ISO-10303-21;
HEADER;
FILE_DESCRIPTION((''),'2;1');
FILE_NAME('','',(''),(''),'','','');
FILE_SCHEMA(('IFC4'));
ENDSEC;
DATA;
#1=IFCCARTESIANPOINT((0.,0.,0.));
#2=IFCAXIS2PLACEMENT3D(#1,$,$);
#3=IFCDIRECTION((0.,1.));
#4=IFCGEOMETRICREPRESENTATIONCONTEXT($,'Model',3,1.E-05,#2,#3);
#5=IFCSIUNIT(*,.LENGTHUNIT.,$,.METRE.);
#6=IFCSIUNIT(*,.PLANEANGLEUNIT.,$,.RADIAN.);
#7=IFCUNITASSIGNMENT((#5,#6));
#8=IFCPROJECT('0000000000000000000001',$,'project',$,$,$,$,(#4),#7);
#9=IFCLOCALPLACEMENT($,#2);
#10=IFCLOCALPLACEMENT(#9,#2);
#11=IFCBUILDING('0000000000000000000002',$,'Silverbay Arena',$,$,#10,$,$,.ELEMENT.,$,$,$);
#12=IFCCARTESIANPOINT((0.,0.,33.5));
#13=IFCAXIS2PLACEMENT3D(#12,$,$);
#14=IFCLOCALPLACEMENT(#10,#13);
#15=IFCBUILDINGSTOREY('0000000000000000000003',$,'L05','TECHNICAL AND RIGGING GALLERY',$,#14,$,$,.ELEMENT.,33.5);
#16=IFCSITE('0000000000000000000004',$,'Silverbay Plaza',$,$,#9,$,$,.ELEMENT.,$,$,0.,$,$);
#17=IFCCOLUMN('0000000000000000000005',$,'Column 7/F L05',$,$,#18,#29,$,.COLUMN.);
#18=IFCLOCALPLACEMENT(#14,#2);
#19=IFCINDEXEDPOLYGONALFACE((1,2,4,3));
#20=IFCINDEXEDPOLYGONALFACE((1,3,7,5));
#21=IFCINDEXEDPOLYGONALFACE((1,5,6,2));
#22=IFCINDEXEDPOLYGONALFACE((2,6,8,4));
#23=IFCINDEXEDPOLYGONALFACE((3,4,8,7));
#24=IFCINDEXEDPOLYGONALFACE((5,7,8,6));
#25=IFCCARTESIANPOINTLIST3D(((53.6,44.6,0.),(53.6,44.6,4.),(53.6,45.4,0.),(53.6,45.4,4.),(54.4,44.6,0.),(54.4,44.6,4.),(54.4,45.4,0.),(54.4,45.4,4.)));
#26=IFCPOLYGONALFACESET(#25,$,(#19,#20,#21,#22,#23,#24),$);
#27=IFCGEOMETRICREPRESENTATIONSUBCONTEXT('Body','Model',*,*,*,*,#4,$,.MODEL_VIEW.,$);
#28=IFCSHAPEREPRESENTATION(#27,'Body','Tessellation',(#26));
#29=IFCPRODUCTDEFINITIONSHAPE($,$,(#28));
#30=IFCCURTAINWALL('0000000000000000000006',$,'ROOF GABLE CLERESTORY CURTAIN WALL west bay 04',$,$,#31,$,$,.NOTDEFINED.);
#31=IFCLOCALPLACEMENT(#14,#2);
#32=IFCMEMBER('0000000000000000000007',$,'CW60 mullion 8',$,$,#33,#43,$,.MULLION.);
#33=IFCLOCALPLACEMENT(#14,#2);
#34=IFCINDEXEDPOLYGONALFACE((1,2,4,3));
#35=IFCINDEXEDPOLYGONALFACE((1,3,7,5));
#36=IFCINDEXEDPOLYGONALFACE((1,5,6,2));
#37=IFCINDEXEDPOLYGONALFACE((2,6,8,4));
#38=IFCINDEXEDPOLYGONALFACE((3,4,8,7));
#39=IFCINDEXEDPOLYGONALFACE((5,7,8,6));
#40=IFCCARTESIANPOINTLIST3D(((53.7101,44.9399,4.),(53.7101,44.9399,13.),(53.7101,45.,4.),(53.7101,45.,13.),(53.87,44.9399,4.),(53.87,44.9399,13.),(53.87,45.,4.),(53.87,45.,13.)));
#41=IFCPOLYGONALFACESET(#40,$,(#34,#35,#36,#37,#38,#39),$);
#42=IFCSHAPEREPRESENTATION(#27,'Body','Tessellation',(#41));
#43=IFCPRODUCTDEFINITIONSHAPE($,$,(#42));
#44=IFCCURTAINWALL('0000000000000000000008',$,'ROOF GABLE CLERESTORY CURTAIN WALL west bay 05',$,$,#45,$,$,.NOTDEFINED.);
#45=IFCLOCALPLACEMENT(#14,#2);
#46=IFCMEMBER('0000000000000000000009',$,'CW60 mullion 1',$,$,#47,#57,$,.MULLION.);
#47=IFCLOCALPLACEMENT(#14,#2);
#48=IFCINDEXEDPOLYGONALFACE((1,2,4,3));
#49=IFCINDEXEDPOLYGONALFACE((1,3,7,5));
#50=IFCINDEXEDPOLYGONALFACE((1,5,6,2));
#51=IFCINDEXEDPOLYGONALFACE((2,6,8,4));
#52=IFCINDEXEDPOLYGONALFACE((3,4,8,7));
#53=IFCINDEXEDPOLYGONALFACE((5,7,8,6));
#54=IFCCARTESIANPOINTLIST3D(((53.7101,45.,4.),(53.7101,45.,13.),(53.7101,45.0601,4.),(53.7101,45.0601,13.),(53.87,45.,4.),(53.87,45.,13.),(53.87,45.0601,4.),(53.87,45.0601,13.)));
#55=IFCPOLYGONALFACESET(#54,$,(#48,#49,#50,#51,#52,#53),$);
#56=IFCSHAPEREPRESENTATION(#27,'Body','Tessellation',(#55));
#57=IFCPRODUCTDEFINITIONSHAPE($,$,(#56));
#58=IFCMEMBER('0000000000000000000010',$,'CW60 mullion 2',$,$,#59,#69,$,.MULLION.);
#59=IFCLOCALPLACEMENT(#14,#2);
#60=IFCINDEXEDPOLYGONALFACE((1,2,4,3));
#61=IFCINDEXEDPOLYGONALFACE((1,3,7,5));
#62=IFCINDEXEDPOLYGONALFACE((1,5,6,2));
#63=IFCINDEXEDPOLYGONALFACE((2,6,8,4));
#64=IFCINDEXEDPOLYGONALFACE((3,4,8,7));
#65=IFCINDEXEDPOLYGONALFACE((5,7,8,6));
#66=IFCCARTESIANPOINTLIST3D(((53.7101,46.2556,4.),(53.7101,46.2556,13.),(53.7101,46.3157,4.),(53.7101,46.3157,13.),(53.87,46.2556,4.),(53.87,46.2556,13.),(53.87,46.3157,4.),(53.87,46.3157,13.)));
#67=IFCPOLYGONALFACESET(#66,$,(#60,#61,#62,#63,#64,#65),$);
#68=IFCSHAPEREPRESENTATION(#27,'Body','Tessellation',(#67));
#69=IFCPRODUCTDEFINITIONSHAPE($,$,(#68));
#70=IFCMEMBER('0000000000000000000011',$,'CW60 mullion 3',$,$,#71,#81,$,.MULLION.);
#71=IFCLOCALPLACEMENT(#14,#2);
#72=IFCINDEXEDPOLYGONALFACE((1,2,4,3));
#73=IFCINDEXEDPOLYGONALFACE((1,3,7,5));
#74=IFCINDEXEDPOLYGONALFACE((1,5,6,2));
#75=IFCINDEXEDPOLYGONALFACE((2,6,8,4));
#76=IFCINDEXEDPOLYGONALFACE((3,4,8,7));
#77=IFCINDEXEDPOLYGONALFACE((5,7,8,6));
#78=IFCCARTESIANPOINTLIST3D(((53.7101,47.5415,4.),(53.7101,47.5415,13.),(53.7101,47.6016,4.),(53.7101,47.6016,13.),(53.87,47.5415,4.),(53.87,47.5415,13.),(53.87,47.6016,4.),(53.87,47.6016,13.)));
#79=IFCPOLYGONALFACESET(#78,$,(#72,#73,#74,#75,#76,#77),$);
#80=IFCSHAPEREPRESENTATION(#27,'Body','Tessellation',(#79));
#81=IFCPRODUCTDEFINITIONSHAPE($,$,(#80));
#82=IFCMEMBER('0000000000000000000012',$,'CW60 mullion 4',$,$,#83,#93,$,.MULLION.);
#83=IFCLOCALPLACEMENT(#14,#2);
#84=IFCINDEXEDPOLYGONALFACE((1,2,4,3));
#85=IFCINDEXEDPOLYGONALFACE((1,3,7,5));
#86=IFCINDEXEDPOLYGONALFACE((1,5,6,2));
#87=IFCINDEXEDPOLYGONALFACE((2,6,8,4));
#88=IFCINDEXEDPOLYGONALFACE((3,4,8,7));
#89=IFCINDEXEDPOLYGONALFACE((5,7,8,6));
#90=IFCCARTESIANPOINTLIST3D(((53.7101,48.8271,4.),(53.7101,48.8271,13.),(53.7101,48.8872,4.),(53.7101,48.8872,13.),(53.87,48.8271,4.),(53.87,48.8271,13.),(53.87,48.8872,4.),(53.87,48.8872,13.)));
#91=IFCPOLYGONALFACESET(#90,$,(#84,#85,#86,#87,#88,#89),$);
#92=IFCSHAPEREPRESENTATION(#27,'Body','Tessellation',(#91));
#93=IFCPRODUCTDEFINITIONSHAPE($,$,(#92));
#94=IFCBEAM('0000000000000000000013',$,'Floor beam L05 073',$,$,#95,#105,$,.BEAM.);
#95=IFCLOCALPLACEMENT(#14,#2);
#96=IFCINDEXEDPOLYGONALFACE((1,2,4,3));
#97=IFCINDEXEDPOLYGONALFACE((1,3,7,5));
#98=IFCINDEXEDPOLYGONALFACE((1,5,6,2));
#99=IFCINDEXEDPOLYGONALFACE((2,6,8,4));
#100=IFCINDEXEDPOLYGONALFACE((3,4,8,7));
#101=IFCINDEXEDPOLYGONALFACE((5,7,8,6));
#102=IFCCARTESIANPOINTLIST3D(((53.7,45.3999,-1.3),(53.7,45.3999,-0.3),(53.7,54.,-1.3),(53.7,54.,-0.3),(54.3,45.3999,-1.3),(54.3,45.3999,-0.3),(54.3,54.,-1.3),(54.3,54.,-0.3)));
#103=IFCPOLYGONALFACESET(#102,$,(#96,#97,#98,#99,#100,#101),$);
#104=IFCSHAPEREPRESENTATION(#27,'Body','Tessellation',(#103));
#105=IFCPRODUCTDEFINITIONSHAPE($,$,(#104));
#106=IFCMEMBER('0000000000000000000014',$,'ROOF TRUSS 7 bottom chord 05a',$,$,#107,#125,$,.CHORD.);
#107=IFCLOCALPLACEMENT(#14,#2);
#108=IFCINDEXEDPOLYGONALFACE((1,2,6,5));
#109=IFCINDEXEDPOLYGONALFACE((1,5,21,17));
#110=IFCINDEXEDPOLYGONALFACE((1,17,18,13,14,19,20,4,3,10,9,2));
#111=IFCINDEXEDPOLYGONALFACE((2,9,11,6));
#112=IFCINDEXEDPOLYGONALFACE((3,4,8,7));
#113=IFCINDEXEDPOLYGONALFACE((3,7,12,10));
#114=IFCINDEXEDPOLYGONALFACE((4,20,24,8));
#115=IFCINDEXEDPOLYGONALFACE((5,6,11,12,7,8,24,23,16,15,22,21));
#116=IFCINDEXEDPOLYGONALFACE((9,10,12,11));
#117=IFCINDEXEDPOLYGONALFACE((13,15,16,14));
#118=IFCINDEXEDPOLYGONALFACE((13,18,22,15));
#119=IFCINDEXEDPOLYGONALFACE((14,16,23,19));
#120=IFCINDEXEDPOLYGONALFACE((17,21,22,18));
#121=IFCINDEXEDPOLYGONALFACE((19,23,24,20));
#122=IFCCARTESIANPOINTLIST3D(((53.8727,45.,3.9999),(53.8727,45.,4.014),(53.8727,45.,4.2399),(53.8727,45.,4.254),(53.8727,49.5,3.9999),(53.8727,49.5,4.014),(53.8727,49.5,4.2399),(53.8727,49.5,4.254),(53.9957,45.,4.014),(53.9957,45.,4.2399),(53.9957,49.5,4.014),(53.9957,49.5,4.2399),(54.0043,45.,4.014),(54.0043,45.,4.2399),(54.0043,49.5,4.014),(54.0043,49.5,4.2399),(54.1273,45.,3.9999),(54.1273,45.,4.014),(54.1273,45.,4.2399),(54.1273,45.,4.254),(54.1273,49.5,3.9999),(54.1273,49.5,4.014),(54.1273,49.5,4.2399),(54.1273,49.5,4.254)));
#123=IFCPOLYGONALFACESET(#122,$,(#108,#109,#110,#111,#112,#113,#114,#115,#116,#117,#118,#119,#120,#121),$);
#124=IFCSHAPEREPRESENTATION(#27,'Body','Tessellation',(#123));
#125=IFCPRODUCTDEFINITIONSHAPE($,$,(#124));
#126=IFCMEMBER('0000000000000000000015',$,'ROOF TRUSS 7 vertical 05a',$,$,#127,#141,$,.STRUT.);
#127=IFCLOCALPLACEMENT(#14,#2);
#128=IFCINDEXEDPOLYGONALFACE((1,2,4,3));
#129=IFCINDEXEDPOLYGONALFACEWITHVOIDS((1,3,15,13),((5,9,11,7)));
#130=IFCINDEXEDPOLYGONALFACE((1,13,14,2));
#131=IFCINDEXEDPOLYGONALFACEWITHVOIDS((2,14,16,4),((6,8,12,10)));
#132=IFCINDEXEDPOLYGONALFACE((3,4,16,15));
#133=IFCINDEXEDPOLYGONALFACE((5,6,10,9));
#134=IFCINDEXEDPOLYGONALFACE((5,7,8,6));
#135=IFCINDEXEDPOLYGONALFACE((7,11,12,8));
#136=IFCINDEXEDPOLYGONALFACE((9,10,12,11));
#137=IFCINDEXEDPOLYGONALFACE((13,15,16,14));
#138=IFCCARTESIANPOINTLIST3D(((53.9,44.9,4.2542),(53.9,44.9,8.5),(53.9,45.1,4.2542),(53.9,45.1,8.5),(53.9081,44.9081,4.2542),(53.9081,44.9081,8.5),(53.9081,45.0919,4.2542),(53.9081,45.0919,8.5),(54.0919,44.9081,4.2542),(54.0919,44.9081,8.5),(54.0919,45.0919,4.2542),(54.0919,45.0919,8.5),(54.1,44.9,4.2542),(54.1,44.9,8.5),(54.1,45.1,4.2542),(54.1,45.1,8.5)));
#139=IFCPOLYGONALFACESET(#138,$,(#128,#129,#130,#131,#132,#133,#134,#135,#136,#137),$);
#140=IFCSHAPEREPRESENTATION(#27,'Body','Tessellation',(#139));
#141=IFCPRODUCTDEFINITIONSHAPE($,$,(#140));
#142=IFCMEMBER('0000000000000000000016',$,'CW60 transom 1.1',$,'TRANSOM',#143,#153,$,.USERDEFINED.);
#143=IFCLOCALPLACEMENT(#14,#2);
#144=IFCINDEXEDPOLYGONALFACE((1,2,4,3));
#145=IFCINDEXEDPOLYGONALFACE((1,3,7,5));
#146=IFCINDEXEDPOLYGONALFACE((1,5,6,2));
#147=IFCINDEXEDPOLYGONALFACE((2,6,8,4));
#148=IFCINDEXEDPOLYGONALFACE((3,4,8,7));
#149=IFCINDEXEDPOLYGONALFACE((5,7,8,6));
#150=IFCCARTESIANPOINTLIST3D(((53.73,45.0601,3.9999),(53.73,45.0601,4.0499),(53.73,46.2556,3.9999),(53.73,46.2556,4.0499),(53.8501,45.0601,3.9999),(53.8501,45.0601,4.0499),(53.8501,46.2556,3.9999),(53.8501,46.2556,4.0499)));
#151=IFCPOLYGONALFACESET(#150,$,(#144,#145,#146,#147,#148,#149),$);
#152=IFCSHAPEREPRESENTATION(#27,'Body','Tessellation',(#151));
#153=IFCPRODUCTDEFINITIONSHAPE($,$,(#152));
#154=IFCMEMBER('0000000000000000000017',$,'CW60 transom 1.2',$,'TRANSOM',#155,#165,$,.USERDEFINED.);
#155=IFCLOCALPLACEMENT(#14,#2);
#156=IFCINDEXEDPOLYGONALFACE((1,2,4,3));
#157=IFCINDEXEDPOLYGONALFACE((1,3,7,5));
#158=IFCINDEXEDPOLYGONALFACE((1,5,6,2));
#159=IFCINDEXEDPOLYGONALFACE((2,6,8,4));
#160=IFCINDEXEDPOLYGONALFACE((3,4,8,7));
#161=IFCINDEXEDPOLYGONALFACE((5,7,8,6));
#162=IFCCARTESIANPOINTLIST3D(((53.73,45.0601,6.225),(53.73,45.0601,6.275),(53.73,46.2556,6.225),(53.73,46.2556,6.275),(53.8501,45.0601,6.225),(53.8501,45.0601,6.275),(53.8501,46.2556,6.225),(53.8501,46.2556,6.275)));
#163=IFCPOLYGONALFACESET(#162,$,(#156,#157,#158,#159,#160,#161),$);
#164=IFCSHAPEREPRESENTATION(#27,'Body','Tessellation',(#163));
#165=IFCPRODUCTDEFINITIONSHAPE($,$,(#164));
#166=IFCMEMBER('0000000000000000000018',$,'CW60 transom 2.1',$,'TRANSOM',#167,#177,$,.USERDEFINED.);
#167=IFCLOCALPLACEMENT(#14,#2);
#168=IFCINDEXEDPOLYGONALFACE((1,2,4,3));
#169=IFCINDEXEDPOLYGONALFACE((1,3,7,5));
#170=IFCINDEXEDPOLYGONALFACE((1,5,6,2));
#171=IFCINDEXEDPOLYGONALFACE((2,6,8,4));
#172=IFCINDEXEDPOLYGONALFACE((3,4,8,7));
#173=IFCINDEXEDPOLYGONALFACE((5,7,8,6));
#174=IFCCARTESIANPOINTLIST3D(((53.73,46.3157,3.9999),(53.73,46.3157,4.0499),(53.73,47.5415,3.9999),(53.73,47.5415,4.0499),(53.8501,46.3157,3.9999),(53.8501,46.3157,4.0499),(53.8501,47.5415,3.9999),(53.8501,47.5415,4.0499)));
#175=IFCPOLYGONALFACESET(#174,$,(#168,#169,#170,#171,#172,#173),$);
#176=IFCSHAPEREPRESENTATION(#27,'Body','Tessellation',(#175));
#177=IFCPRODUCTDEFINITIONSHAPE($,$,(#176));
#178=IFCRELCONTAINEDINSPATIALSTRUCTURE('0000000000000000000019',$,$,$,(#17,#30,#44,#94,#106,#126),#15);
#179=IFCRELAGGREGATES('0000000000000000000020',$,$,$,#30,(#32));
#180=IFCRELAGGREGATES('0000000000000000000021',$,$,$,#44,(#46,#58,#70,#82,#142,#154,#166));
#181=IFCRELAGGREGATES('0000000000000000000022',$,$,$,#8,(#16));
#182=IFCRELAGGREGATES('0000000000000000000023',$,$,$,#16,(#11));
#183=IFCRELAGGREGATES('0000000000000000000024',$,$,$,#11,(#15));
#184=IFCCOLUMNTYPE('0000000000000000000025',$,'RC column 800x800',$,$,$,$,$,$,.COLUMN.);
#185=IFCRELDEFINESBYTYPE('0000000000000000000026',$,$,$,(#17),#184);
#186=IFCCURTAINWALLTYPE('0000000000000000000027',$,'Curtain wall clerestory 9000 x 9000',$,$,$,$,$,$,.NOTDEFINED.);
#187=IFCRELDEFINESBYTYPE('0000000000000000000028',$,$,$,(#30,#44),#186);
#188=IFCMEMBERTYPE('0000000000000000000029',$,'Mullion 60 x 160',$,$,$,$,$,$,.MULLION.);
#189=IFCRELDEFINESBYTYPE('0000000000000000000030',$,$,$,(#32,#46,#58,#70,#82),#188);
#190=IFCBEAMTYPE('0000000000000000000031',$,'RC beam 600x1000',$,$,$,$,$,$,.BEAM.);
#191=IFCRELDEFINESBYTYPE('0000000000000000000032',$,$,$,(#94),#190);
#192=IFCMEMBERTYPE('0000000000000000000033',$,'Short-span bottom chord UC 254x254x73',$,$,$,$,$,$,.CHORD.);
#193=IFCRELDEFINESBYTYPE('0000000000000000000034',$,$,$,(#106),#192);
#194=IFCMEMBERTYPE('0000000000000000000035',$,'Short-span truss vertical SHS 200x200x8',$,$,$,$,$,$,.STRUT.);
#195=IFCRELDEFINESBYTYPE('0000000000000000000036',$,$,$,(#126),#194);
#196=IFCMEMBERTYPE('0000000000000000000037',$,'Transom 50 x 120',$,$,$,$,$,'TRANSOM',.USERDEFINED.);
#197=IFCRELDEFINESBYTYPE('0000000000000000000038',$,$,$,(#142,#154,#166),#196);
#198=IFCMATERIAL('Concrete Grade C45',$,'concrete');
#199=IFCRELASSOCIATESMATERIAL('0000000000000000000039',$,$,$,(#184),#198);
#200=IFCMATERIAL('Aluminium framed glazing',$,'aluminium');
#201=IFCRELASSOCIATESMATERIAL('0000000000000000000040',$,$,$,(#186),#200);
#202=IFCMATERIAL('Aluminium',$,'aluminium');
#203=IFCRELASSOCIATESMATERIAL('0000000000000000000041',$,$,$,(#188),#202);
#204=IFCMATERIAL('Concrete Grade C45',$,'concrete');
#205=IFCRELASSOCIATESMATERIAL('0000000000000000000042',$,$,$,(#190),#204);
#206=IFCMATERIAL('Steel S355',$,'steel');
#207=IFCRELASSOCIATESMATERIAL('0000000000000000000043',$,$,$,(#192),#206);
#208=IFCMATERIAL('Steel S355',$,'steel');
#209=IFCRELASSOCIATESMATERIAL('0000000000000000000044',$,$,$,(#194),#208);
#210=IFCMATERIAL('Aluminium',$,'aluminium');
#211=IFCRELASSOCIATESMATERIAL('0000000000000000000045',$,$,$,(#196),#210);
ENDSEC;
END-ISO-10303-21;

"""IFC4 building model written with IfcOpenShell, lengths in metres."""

from ifc_helpers import new_model, si_unit, direction, frame, origin, origin_2d, place, context, subcontext, project, spatial, rectangle, hollow_rectangle, i_section, extrude, material, material_profile, profile_set, type_object, element, aggregate, save


model = new_model("IFC4")

# Units and contexts
model_context = context("Model", 3, precision=1e-05, world=origin(), true_north=direction((0.0, 1.0)))
body_context = subcontext(model_context, "Body", "Model", "MODEL_VIEW")
ifc_project = project(units=[si_unit("LENGTHUNIT", "METRE"), si_unit("PLANEANGLEUNIT", "RADIAN")], contexts=[model_context])

# Site, building, storey
site_placement = place(None, origin())
site = spatial("IfcSite", under=ifc_project, at=site_placement, Name="Silverbay Plaza", CompositionType="ELEMENT", RefElevation=0.0)
building_placement = place(site_placement, origin())
building = spatial("IfcBuilding", under=site, at=building_placement, Name="Silverbay Arena", CompositionType="ELEMENT")
storey_placement = place(building_placement, frame((0.0, 0.0, 33.5)))
storey = spatial("IfcBuildingStorey", under=building, at=storey_placement, Name="L05", Description="TECHNICAL AND RIGGING GALLERY", CompositionType="ELEMENT", Elevation=33.5)

# Column
ifc_material_1 = material(Name="Concrete Grade C45", Category="concrete")
ifc_material_profile_1 = material_profile(ifc_material_1, rectangle(XDim=0.8, YDim=0.8, at=origin_2d()), Name="RC 800x800")
ifc_profile_set_1 = profile_set([ifc_material_profile_1], Name="Concrete Grade C45")
column_type = type_object("IfcColumnType", Name="RC column 800x800", PredefinedType="COLUMN", material=ifc_profile_set_1)
column_placement = place(storey_placement, frame((54.0, 45.0, 0.0), z_axis=(0.0, 0.0, 1.0), x_axis=(1.0, 0.0, 0.0)))
element("IfcColumn", 1, at=column_placement, inside=storey, type_object=column_type, Name="Column 7/F L05", PredefinedType="COLUMN", context=body_context, shape_type="SweptSolid", body=[
    extrude(rectangle(XDim=0.8, YDim=0.8, at=origin_2d()), origin(), (0.0, 0.0, 1.0), 4.0),
])

# Curtain wall, member
ifc_material_2 = material(Name="Aluminium framed glazing", Category="aluminium")
curtain_wall_type = type_object("IfcCurtainWallType", Name="Curtain wall clerestory 9000 x 9000", PredefinedType="NOTDEFINED", material=ifc_material_2)
curtain_wall_1_placement = place(storey_placement, origin())
curtain_wall_1 = element("IfcCurtainWall", 2, at=curtain_wall_1_placement, inside=storey, type_object=curtain_wall_type, Name="ROOF GABLE CLERESTORY CURTAIN WALL west bay 04", PredefinedType="NOTDEFINED")
ifc_material_3 = material(Name="Aluminium", Category="aluminium")
ifc_material_profile_2 = material_profile(ifc_material_3, rectangle(XDim=0.1599, YDim=0.0601, at=origin_2d()), Name="Mullion 60 x 160")
ifc_profile_set_2 = profile_set([ifc_material_profile_2], Name="Aluminium")
member_type_1 = type_object("IfcMemberType", Name="Mullion 60 x 160", PredefinedType="MULLION", material=ifc_profile_set_2)
member_1_placement = place(storey_placement, frame((53.79, 44.97, 4.0), z_axis=(0.0, 0.0, 1.0), x_axis=(-1.0, 0.0, 0.0)))
member_1 = element("IfcMember", 3, at=member_1_placement, type_object=member_type_1, Name="CW60 mullion 8", PredefinedType="MULLION", context=body_context, shape_type="SweptSolid", body=[
    extrude(rectangle(XDim=0.1599, YDim=0.0601, at=origin_2d()), origin(), (0.0, 0.0, 1.0), 9.0),
])

# Curtain wall, members
curtain_wall_2_placement = place(storey_placement, origin())
curtain_wall_2 = element("IfcCurtainWall", 4, at=curtain_wall_2_placement, inside=storey, type_object=curtain_wall_type, Name="ROOF GABLE CLERESTORY CURTAIN WALL west bay 05", PredefinedType="NOTDEFINED")
member_2_placement = place(storey_placement, frame((53.79, 45.03, 4.0), z_axis=(0.0, 0.0, 1.0), x_axis=(-1.0, 0.0, 0.0)))
member_2 = element("IfcMember", 5, at=member_2_placement, type_object=member_type_1, Name="CW60 mullion 1", PredefinedType="MULLION", context=body_context, shape_type="SweptSolid", body=[
    extrude(rectangle(XDim=0.1599, YDim=0.0601, at=origin_2d()), origin(), (0.0, 0.0, 1.0), 9.0),
])
member_3_placement = place(storey_placement, frame((53.79, 46.2856, 4.0), z_axis=(0.0, 0.0, 1.0), x_axis=(-1.0, 0.0, 0.0)))
member_3 = element("IfcMember", 6, at=member_3_placement, type_object=member_type_1, Name="CW60 mullion 2", PredefinedType="MULLION", context=body_context, shape_type="SweptSolid", body=[
    extrude(rectangle(XDim=0.1599, YDim=0.0601, at=origin_2d()), origin(), (0.0, 0.0, 1.0), 9.0),
])
member_4_placement = place(storey_placement, frame((53.79, 47.5715, 4.0), z_axis=(0.0, 0.0, 1.0), x_axis=(-1.0, 0.0, 0.0)))
member_4 = element("IfcMember", 7, at=member_4_placement, type_object=member_type_1, Name="CW60 mullion 3", PredefinedType="MULLION", context=body_context, shape_type="SweptSolid", body=[
    extrude(rectangle(XDim=0.1599, YDim=0.0601, at=origin_2d()), origin(), (0.0, 0.0, 1.0), 9.0),
])
member_5_placement = place(storey_placement, frame((53.79, 48.8572, 4.0), z_axis=(0.0, 0.0, 1.0), x_axis=(-1.0, 0.0, 0.0)))
member_5 = element("IfcMember", 8, at=member_5_placement, type_object=member_type_1, Name="CW60 mullion 4", PredefinedType="MULLION", context=body_context, shape_type="SweptSolid", body=[
    extrude(rectangle(XDim=0.1599, YDim=0.0601, at=origin_2d()), origin(), (0.0, 0.0, 1.0), 9.0),
])

# Beam
ifc_material_4 = material(Name="Concrete Grade C45", Category="concrete")
ifc_material_profile_3 = material_profile(ifc_material_4, rectangle(XDim=0.6001, YDim=1.0, at=origin_2d()), Name="RC 600x1000")
ifc_profile_set_3 = profile_set([ifc_material_profile_3], Name="Concrete Grade C45")
beam_type = type_object("IfcBeamType", Name="RC beam 600x1000", PredefinedType="BEAM", material=ifc_profile_set_3)
beam_placement = place(storey_placement, frame((54.0, 45.3999, -0.8), z_axis=(0.0, 1.0, 0.0), x_axis=(-1.0, 0.0, 0.0)))
element("IfcBeam", 9, at=beam_placement, inside=storey, type_object=beam_type, Name="Floor beam L05 073", PredefinedType="BEAM", context=body_context, shape_type="SweptSolid", body=[
    extrude(rectangle(XDim=0.6001, YDim=1.0, at=origin_2d()), origin(), (0.0, 0.0, 1.0), 8.6001),
])

# Members
ifc_material_5 = material(Name="Steel S355", Category="steel")
ifc_material_profile_4 = material_profile(ifc_material_5, i_section(OverallWidth=0.2546, OverallDepth=0.2542, WebThickness=0.0085, FlangeThickness=0.0142, at=origin_2d()), Name="UC 254x254x73")
ifc_profile_set_4 = profile_set([ifc_material_profile_4], Name="Steel S355")
member_type_2 = type_object("IfcMemberType", Name="Short-span bottom chord UC 254x254x73", PredefinedType="CHORD", material=ifc_profile_set_4)
member_6_placement = place(storey_placement, frame((54.0, 45.0, 4.127), z_axis=(0.0, 1.0, 0.0), x_axis=(-1.0, 0.0, 0.0)))
element("IfcMember", 10, at=member_6_placement, inside=storey, type_object=member_type_2, Name="ROOF TRUSS 7 bottom chord 05a", PredefinedType="CHORD", context=body_context, shape_type="SweptSolid", body=[
    extrude(i_section(OverallWidth=0.2546, OverallDepth=0.2542, WebThickness=0.0085, FlangeThickness=0.0142, at=origin_2d()), origin(), (0.0, 0.0, 1.0), 4.5),
])
ifc_material_6 = material(Name="Steel S355", Category="steel")
ifc_material_profile_5 = material_profile(ifc_material_6, hollow_rectangle(XDim=0.2, YDim=0.2, WallThickness=0.0081, at=origin_2d()), Name="SHS 200x200x8")
ifc_profile_set_5 = profile_set([ifc_material_profile_5], Name="Steel S355")
member_type_3 = type_object("IfcMemberType", Name="Short-span truss vertical SHS 200x200x8", PredefinedType="STRUT", material=ifc_profile_set_5)
member_7_placement = place(storey_placement, frame((54.0, 45.0, 4.2542), z_axis=(0.0, 0.0, 1.0), x_axis=(1.0, 0.0, 0.0)))
element("IfcMember", 11, at=member_7_placement, inside=storey, type_object=member_type_3, Name="ROOF TRUSS 7 vertical 05a", PredefinedType="STRUT", context=body_context, shape_type="SweptSolid", body=[
    extrude(hollow_rectangle(XDim=0.2, YDim=0.2, WallThickness=0.0081, at=origin_2d()), origin(), (0.0, 0.0, 1.0), 4.2458),
])

# Members
ifc_material_7 = material(Name="Aluminium", Category="aluminium")
ifc_material_profile_6 = material_profile(ifc_material_7, rectangle(XDim=0.1201, YDim=0.05, at=origin_2d()), Name="Transom 50 x 120")
ifc_profile_set_6 = profile_set([ifc_material_profile_6], Name="Aluminium")
member_type_4 = type_object("IfcMemberType", Name="Transom 50 x 120", ElementType="TRANSOM", PredefinedType="USERDEFINED", material=ifc_profile_set_6)
member_8_placement = place(storey_placement, frame((53.79, 45.0601, 4.0249), z_axis=(0.0, 1.0, 0.0), x_axis=(-1.0, 0.0, 0.0)))
member_8 = element("IfcMember", 12, at=member_8_placement, type_object=member_type_4, Name="CW60 transom 1.1", ObjectType="TRANSOM", PredefinedType="USERDEFINED", context=body_context, shape_type="SweptSolid", body=[
    extrude(rectangle(XDim=0.1201, YDim=0.05, at=origin_2d()), origin(), (0.0, 0.0, 1.0), 1.1956),
])
member_9_placement = place(storey_placement, frame((53.79, 45.0601, 6.25), z_axis=(0.0, 1.0, 0.0), x_axis=(-1.0, 0.0, 0.0)))
member_9 = element("IfcMember", 13, at=member_9_placement, type_object=member_type_4, Name="CW60 transom 1.2", ObjectType="TRANSOM", PredefinedType="USERDEFINED", context=body_context, shape_type="SweptSolid", body=[
    extrude(rectangle(XDim=0.1201, YDim=0.05, at=origin_2d()), origin(), (0.0, 0.0, 1.0), 1.1956),
])
member_10_placement = place(storey_placement, frame((53.79, 46.3157, 4.0249), z_axis=(0.0, 1.0, 0.0), x_axis=(-1.0, 0.0, 0.0)))
member_10 = element("IfcMember", 14, at=member_10_placement, type_object=member_type_4, Name="CW60 transom 2.1", ObjectType="TRANSOM", PredefinedType="USERDEFINED", context=body_context, shape_type="SweptSolid", body=[
    extrude(rectangle(XDim=0.1201, YDim=0.05, at=origin_2d()), origin(), (0.0, 0.0, 1.0), 1.2258),
])

aggregate(curtain_wall_1, [member_1])
aggregate(curtain_wall_2, [member_2, member_3, member_4, member_5, member_8, member_9, member_10])

save(model, "model.ifc")
